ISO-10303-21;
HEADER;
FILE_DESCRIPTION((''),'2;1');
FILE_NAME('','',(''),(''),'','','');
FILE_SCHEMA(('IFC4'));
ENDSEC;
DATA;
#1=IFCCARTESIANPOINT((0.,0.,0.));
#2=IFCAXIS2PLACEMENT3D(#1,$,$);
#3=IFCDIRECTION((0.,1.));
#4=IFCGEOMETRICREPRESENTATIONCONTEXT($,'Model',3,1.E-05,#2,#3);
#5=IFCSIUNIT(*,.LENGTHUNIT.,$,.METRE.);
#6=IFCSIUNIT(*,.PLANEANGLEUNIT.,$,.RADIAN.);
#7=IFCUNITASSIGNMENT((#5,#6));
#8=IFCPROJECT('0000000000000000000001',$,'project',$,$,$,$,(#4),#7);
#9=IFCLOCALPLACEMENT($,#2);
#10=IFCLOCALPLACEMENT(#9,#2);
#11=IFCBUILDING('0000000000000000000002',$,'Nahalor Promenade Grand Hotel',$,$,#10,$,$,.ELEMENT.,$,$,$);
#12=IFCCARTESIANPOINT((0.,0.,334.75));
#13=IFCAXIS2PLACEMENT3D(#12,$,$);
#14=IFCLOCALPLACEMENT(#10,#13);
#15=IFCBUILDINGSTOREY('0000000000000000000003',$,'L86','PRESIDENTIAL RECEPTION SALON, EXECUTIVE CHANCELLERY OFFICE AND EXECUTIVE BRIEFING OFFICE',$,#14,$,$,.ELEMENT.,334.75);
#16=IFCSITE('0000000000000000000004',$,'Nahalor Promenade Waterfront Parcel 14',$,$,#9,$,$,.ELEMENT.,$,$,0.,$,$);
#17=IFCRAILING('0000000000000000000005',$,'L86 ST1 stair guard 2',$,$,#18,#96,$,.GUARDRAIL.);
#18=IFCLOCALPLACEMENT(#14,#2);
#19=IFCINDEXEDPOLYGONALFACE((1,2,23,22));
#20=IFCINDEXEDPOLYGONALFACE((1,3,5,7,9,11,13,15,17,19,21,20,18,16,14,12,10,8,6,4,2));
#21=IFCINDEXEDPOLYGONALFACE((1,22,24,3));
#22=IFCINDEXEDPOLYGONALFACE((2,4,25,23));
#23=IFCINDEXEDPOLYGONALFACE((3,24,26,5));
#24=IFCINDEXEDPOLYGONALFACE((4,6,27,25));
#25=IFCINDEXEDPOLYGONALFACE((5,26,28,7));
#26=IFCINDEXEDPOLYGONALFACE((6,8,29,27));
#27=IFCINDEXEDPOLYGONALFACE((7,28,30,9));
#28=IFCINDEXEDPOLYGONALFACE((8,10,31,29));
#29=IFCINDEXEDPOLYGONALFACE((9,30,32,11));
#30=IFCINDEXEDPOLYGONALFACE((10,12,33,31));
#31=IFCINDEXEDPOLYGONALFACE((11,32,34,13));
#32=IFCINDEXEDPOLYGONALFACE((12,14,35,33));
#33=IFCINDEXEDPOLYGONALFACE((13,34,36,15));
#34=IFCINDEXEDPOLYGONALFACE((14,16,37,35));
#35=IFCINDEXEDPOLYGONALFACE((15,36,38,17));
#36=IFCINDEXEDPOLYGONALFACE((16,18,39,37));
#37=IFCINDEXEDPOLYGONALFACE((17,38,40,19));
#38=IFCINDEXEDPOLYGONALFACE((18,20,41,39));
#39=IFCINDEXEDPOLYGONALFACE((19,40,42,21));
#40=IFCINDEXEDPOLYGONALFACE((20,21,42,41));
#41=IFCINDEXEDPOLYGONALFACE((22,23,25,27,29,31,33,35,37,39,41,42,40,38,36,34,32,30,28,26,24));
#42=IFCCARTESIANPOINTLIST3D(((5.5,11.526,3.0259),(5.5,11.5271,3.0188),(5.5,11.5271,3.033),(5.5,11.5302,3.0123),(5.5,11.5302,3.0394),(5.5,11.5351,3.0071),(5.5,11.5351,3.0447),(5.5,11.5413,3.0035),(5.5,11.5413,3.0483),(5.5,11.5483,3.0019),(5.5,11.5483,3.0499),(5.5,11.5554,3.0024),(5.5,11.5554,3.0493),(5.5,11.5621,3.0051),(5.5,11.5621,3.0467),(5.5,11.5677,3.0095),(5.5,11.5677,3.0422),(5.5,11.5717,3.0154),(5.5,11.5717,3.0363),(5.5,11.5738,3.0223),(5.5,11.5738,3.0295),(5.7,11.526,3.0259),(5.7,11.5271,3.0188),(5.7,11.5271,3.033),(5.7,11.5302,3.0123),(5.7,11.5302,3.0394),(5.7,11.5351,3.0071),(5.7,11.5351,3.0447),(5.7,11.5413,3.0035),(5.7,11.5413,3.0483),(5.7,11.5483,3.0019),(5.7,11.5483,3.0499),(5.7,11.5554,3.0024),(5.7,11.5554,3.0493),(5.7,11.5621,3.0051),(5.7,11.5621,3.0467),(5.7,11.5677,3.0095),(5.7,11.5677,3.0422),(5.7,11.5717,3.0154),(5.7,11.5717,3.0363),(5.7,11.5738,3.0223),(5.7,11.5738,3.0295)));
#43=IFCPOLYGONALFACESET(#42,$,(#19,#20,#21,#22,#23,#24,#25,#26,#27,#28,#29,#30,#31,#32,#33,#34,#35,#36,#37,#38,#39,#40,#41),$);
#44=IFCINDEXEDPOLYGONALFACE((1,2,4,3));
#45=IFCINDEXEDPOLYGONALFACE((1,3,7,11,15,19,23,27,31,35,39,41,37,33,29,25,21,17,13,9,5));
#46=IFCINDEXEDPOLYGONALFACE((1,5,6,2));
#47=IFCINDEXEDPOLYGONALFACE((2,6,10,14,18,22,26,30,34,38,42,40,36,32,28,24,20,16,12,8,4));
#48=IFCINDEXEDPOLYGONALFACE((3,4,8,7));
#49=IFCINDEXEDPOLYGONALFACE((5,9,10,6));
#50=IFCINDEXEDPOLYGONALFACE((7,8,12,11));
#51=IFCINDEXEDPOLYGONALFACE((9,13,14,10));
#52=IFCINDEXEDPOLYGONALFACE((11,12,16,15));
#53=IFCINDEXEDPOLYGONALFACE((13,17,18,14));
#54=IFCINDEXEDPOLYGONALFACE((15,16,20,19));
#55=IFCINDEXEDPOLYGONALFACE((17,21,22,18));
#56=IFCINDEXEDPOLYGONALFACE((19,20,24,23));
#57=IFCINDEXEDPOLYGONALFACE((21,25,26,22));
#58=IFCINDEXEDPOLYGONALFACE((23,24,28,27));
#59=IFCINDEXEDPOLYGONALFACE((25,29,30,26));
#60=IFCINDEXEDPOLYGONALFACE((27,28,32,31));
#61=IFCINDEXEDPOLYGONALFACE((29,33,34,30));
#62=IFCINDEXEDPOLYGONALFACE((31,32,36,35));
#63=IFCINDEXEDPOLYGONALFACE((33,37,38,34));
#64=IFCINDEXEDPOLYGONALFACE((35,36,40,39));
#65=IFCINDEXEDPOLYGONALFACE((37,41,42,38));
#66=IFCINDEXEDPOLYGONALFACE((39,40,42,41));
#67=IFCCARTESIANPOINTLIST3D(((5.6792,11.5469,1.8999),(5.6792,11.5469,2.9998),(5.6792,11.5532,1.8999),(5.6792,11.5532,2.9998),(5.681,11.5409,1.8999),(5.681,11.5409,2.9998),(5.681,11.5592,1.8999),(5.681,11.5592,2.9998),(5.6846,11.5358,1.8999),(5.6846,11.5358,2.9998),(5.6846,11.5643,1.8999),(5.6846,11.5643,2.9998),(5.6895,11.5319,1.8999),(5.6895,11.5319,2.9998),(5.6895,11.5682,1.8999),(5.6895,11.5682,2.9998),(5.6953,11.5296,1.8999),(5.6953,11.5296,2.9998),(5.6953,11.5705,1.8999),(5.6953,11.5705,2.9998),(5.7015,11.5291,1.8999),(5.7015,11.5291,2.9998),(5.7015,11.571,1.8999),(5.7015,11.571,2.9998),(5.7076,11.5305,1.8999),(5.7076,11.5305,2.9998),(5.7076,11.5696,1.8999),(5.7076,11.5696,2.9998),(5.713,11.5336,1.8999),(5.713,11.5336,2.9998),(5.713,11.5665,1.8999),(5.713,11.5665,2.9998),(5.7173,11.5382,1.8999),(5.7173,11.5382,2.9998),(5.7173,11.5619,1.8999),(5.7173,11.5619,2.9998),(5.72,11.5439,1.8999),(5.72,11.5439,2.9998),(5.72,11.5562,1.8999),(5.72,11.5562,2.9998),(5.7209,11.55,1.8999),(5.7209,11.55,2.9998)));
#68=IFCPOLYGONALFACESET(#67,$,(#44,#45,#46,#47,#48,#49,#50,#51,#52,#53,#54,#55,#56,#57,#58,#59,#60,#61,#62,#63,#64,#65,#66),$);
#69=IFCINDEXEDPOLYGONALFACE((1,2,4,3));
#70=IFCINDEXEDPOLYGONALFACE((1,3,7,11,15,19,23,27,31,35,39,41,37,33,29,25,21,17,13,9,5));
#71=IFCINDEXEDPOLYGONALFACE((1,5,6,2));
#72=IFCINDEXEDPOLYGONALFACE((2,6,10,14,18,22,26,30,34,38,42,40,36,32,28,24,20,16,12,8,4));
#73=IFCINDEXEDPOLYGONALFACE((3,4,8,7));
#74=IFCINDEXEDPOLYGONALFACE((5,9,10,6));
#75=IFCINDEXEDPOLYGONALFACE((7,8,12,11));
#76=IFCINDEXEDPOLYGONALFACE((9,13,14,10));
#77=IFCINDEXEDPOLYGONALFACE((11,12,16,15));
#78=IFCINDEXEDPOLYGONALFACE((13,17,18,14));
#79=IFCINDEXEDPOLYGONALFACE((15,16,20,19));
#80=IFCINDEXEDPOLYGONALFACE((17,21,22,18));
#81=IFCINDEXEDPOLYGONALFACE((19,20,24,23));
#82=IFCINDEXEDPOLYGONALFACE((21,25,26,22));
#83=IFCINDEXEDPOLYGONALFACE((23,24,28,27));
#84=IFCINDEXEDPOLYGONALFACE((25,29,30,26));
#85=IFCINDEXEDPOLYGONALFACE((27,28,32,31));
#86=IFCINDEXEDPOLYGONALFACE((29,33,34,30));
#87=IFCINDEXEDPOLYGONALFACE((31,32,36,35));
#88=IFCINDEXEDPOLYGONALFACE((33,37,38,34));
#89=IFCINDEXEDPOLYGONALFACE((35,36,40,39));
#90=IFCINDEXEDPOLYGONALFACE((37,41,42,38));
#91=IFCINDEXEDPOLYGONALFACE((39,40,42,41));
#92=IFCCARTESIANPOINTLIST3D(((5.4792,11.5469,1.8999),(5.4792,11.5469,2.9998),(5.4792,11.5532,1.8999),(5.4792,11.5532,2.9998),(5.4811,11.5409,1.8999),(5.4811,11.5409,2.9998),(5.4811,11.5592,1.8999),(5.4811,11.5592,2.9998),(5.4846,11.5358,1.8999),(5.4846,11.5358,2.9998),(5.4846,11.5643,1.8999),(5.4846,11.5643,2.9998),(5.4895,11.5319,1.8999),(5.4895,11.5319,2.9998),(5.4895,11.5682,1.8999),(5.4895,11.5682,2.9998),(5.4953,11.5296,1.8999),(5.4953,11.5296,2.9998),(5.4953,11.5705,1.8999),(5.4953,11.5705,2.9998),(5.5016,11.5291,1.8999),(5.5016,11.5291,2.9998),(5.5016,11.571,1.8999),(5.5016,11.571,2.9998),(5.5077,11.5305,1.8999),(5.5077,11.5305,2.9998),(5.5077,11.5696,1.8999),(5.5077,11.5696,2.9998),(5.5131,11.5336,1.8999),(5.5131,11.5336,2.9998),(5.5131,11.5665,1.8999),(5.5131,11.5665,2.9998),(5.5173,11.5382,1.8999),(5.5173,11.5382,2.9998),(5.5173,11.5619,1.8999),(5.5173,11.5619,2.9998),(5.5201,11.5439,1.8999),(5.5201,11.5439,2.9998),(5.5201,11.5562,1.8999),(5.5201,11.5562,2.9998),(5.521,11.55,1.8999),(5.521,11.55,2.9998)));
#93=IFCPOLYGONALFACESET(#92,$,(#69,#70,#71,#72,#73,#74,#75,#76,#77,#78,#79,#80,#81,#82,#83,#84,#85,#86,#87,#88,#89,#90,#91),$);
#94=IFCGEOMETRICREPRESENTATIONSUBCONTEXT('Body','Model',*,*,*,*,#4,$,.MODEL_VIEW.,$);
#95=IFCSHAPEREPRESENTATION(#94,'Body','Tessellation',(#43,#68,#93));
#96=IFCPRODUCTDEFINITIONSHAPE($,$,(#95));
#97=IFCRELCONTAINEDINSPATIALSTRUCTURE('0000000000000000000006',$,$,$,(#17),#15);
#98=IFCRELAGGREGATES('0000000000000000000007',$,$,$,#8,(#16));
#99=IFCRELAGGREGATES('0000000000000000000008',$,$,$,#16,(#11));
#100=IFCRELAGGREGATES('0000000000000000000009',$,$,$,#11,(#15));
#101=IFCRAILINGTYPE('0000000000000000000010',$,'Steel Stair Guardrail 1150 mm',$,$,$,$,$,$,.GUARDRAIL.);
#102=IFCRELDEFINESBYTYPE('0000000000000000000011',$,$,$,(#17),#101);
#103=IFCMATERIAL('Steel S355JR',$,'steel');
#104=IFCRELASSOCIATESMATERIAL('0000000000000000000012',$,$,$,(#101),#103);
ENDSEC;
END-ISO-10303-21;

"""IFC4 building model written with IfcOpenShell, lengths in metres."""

from ifc_helpers import new_model, si_unit, direction, frame, origin, origin_2d, place, context, subcontext, project, spatial, circle, extrude, material, type_object, element, save


model = new_model("IFC4")

# Units and contexts
model_context = context("Model", 3, precision=1e-05, world=origin(), true_north=direction((0.0, 1.0)))
body_context = subcontext(model_context, "Body", "Model", "MODEL_VIEW")
ifc_project = project(units=[si_unit("LENGTHUNIT", "METRE"), si_unit("PLANEANGLEUNIT", "RADIAN")], contexts=[model_context])

# Site, building, storey
site_placement = place(None, origin())
site = spatial("IfcSite", under=ifc_project, at=site_placement, Name="Nahalor Promenade Waterfront Parcel 14", CompositionType="ELEMENT", RefElevation=0.0)
building_placement = place(site_placement, origin())
building = spatial("IfcBuilding", under=site, at=building_placement, Name="Nahalor Promenade Grand Hotel", CompositionType="ELEMENT")
storey_placement = place(building_placement, frame((0.0, 0.0, 334.75)))
storey = spatial("IfcBuildingStorey", under=building, at=storey_placement, Name="L86", Description="PRESIDENTIAL RECEPTION SALON, EXECUTIVE CHANCELLERY OFFICE AND EXECUTIVE BRIEFING OFFICE", CompositionType="ELEMENT", Elevation=334.75)

# Shared definitions
ifc_material_1 = material(Name="Steel S355JR", Category="steel")

# Railing
railing_type = type_object("IfcRailingType", Name="Steel Stair Guardrail 1150 mm", PredefinedType="GUARDRAIL", material=ifc_material_1)
railing_1_placement = place(storey_placement, frame((5.7, 11.55, 1.8999)))
element("IfcRailing", 1, at=railing_1_placement, inside=storey, type_object=railing_type, Name="L86 ST1 stair guard 2", PredefinedType="GUARDRAIL", context=body_context, shape_type="SweptSolid", body=[
    extrude(circle(Radius=0.024, at=origin_2d()), frame((0.0, 0.0, 1.126), z_axis=(-1.0, 0.0, 0.0), x_axis=(0.0, -1.0, 0.0)), (0.0, 0.0, 1.0), 0.2),
    extrude(circle(Radius=0.021, at=origin_2d()), origin(), (0.0, 0.0, 1.0), 1.0999),
    extrude(circle(Radius=0.021, at=origin_2d()), frame((-0.2, 0.0, 0.0)), (0.0, 0.0, 1.0), 1.0999),
])

save(model, "model.ifc")
